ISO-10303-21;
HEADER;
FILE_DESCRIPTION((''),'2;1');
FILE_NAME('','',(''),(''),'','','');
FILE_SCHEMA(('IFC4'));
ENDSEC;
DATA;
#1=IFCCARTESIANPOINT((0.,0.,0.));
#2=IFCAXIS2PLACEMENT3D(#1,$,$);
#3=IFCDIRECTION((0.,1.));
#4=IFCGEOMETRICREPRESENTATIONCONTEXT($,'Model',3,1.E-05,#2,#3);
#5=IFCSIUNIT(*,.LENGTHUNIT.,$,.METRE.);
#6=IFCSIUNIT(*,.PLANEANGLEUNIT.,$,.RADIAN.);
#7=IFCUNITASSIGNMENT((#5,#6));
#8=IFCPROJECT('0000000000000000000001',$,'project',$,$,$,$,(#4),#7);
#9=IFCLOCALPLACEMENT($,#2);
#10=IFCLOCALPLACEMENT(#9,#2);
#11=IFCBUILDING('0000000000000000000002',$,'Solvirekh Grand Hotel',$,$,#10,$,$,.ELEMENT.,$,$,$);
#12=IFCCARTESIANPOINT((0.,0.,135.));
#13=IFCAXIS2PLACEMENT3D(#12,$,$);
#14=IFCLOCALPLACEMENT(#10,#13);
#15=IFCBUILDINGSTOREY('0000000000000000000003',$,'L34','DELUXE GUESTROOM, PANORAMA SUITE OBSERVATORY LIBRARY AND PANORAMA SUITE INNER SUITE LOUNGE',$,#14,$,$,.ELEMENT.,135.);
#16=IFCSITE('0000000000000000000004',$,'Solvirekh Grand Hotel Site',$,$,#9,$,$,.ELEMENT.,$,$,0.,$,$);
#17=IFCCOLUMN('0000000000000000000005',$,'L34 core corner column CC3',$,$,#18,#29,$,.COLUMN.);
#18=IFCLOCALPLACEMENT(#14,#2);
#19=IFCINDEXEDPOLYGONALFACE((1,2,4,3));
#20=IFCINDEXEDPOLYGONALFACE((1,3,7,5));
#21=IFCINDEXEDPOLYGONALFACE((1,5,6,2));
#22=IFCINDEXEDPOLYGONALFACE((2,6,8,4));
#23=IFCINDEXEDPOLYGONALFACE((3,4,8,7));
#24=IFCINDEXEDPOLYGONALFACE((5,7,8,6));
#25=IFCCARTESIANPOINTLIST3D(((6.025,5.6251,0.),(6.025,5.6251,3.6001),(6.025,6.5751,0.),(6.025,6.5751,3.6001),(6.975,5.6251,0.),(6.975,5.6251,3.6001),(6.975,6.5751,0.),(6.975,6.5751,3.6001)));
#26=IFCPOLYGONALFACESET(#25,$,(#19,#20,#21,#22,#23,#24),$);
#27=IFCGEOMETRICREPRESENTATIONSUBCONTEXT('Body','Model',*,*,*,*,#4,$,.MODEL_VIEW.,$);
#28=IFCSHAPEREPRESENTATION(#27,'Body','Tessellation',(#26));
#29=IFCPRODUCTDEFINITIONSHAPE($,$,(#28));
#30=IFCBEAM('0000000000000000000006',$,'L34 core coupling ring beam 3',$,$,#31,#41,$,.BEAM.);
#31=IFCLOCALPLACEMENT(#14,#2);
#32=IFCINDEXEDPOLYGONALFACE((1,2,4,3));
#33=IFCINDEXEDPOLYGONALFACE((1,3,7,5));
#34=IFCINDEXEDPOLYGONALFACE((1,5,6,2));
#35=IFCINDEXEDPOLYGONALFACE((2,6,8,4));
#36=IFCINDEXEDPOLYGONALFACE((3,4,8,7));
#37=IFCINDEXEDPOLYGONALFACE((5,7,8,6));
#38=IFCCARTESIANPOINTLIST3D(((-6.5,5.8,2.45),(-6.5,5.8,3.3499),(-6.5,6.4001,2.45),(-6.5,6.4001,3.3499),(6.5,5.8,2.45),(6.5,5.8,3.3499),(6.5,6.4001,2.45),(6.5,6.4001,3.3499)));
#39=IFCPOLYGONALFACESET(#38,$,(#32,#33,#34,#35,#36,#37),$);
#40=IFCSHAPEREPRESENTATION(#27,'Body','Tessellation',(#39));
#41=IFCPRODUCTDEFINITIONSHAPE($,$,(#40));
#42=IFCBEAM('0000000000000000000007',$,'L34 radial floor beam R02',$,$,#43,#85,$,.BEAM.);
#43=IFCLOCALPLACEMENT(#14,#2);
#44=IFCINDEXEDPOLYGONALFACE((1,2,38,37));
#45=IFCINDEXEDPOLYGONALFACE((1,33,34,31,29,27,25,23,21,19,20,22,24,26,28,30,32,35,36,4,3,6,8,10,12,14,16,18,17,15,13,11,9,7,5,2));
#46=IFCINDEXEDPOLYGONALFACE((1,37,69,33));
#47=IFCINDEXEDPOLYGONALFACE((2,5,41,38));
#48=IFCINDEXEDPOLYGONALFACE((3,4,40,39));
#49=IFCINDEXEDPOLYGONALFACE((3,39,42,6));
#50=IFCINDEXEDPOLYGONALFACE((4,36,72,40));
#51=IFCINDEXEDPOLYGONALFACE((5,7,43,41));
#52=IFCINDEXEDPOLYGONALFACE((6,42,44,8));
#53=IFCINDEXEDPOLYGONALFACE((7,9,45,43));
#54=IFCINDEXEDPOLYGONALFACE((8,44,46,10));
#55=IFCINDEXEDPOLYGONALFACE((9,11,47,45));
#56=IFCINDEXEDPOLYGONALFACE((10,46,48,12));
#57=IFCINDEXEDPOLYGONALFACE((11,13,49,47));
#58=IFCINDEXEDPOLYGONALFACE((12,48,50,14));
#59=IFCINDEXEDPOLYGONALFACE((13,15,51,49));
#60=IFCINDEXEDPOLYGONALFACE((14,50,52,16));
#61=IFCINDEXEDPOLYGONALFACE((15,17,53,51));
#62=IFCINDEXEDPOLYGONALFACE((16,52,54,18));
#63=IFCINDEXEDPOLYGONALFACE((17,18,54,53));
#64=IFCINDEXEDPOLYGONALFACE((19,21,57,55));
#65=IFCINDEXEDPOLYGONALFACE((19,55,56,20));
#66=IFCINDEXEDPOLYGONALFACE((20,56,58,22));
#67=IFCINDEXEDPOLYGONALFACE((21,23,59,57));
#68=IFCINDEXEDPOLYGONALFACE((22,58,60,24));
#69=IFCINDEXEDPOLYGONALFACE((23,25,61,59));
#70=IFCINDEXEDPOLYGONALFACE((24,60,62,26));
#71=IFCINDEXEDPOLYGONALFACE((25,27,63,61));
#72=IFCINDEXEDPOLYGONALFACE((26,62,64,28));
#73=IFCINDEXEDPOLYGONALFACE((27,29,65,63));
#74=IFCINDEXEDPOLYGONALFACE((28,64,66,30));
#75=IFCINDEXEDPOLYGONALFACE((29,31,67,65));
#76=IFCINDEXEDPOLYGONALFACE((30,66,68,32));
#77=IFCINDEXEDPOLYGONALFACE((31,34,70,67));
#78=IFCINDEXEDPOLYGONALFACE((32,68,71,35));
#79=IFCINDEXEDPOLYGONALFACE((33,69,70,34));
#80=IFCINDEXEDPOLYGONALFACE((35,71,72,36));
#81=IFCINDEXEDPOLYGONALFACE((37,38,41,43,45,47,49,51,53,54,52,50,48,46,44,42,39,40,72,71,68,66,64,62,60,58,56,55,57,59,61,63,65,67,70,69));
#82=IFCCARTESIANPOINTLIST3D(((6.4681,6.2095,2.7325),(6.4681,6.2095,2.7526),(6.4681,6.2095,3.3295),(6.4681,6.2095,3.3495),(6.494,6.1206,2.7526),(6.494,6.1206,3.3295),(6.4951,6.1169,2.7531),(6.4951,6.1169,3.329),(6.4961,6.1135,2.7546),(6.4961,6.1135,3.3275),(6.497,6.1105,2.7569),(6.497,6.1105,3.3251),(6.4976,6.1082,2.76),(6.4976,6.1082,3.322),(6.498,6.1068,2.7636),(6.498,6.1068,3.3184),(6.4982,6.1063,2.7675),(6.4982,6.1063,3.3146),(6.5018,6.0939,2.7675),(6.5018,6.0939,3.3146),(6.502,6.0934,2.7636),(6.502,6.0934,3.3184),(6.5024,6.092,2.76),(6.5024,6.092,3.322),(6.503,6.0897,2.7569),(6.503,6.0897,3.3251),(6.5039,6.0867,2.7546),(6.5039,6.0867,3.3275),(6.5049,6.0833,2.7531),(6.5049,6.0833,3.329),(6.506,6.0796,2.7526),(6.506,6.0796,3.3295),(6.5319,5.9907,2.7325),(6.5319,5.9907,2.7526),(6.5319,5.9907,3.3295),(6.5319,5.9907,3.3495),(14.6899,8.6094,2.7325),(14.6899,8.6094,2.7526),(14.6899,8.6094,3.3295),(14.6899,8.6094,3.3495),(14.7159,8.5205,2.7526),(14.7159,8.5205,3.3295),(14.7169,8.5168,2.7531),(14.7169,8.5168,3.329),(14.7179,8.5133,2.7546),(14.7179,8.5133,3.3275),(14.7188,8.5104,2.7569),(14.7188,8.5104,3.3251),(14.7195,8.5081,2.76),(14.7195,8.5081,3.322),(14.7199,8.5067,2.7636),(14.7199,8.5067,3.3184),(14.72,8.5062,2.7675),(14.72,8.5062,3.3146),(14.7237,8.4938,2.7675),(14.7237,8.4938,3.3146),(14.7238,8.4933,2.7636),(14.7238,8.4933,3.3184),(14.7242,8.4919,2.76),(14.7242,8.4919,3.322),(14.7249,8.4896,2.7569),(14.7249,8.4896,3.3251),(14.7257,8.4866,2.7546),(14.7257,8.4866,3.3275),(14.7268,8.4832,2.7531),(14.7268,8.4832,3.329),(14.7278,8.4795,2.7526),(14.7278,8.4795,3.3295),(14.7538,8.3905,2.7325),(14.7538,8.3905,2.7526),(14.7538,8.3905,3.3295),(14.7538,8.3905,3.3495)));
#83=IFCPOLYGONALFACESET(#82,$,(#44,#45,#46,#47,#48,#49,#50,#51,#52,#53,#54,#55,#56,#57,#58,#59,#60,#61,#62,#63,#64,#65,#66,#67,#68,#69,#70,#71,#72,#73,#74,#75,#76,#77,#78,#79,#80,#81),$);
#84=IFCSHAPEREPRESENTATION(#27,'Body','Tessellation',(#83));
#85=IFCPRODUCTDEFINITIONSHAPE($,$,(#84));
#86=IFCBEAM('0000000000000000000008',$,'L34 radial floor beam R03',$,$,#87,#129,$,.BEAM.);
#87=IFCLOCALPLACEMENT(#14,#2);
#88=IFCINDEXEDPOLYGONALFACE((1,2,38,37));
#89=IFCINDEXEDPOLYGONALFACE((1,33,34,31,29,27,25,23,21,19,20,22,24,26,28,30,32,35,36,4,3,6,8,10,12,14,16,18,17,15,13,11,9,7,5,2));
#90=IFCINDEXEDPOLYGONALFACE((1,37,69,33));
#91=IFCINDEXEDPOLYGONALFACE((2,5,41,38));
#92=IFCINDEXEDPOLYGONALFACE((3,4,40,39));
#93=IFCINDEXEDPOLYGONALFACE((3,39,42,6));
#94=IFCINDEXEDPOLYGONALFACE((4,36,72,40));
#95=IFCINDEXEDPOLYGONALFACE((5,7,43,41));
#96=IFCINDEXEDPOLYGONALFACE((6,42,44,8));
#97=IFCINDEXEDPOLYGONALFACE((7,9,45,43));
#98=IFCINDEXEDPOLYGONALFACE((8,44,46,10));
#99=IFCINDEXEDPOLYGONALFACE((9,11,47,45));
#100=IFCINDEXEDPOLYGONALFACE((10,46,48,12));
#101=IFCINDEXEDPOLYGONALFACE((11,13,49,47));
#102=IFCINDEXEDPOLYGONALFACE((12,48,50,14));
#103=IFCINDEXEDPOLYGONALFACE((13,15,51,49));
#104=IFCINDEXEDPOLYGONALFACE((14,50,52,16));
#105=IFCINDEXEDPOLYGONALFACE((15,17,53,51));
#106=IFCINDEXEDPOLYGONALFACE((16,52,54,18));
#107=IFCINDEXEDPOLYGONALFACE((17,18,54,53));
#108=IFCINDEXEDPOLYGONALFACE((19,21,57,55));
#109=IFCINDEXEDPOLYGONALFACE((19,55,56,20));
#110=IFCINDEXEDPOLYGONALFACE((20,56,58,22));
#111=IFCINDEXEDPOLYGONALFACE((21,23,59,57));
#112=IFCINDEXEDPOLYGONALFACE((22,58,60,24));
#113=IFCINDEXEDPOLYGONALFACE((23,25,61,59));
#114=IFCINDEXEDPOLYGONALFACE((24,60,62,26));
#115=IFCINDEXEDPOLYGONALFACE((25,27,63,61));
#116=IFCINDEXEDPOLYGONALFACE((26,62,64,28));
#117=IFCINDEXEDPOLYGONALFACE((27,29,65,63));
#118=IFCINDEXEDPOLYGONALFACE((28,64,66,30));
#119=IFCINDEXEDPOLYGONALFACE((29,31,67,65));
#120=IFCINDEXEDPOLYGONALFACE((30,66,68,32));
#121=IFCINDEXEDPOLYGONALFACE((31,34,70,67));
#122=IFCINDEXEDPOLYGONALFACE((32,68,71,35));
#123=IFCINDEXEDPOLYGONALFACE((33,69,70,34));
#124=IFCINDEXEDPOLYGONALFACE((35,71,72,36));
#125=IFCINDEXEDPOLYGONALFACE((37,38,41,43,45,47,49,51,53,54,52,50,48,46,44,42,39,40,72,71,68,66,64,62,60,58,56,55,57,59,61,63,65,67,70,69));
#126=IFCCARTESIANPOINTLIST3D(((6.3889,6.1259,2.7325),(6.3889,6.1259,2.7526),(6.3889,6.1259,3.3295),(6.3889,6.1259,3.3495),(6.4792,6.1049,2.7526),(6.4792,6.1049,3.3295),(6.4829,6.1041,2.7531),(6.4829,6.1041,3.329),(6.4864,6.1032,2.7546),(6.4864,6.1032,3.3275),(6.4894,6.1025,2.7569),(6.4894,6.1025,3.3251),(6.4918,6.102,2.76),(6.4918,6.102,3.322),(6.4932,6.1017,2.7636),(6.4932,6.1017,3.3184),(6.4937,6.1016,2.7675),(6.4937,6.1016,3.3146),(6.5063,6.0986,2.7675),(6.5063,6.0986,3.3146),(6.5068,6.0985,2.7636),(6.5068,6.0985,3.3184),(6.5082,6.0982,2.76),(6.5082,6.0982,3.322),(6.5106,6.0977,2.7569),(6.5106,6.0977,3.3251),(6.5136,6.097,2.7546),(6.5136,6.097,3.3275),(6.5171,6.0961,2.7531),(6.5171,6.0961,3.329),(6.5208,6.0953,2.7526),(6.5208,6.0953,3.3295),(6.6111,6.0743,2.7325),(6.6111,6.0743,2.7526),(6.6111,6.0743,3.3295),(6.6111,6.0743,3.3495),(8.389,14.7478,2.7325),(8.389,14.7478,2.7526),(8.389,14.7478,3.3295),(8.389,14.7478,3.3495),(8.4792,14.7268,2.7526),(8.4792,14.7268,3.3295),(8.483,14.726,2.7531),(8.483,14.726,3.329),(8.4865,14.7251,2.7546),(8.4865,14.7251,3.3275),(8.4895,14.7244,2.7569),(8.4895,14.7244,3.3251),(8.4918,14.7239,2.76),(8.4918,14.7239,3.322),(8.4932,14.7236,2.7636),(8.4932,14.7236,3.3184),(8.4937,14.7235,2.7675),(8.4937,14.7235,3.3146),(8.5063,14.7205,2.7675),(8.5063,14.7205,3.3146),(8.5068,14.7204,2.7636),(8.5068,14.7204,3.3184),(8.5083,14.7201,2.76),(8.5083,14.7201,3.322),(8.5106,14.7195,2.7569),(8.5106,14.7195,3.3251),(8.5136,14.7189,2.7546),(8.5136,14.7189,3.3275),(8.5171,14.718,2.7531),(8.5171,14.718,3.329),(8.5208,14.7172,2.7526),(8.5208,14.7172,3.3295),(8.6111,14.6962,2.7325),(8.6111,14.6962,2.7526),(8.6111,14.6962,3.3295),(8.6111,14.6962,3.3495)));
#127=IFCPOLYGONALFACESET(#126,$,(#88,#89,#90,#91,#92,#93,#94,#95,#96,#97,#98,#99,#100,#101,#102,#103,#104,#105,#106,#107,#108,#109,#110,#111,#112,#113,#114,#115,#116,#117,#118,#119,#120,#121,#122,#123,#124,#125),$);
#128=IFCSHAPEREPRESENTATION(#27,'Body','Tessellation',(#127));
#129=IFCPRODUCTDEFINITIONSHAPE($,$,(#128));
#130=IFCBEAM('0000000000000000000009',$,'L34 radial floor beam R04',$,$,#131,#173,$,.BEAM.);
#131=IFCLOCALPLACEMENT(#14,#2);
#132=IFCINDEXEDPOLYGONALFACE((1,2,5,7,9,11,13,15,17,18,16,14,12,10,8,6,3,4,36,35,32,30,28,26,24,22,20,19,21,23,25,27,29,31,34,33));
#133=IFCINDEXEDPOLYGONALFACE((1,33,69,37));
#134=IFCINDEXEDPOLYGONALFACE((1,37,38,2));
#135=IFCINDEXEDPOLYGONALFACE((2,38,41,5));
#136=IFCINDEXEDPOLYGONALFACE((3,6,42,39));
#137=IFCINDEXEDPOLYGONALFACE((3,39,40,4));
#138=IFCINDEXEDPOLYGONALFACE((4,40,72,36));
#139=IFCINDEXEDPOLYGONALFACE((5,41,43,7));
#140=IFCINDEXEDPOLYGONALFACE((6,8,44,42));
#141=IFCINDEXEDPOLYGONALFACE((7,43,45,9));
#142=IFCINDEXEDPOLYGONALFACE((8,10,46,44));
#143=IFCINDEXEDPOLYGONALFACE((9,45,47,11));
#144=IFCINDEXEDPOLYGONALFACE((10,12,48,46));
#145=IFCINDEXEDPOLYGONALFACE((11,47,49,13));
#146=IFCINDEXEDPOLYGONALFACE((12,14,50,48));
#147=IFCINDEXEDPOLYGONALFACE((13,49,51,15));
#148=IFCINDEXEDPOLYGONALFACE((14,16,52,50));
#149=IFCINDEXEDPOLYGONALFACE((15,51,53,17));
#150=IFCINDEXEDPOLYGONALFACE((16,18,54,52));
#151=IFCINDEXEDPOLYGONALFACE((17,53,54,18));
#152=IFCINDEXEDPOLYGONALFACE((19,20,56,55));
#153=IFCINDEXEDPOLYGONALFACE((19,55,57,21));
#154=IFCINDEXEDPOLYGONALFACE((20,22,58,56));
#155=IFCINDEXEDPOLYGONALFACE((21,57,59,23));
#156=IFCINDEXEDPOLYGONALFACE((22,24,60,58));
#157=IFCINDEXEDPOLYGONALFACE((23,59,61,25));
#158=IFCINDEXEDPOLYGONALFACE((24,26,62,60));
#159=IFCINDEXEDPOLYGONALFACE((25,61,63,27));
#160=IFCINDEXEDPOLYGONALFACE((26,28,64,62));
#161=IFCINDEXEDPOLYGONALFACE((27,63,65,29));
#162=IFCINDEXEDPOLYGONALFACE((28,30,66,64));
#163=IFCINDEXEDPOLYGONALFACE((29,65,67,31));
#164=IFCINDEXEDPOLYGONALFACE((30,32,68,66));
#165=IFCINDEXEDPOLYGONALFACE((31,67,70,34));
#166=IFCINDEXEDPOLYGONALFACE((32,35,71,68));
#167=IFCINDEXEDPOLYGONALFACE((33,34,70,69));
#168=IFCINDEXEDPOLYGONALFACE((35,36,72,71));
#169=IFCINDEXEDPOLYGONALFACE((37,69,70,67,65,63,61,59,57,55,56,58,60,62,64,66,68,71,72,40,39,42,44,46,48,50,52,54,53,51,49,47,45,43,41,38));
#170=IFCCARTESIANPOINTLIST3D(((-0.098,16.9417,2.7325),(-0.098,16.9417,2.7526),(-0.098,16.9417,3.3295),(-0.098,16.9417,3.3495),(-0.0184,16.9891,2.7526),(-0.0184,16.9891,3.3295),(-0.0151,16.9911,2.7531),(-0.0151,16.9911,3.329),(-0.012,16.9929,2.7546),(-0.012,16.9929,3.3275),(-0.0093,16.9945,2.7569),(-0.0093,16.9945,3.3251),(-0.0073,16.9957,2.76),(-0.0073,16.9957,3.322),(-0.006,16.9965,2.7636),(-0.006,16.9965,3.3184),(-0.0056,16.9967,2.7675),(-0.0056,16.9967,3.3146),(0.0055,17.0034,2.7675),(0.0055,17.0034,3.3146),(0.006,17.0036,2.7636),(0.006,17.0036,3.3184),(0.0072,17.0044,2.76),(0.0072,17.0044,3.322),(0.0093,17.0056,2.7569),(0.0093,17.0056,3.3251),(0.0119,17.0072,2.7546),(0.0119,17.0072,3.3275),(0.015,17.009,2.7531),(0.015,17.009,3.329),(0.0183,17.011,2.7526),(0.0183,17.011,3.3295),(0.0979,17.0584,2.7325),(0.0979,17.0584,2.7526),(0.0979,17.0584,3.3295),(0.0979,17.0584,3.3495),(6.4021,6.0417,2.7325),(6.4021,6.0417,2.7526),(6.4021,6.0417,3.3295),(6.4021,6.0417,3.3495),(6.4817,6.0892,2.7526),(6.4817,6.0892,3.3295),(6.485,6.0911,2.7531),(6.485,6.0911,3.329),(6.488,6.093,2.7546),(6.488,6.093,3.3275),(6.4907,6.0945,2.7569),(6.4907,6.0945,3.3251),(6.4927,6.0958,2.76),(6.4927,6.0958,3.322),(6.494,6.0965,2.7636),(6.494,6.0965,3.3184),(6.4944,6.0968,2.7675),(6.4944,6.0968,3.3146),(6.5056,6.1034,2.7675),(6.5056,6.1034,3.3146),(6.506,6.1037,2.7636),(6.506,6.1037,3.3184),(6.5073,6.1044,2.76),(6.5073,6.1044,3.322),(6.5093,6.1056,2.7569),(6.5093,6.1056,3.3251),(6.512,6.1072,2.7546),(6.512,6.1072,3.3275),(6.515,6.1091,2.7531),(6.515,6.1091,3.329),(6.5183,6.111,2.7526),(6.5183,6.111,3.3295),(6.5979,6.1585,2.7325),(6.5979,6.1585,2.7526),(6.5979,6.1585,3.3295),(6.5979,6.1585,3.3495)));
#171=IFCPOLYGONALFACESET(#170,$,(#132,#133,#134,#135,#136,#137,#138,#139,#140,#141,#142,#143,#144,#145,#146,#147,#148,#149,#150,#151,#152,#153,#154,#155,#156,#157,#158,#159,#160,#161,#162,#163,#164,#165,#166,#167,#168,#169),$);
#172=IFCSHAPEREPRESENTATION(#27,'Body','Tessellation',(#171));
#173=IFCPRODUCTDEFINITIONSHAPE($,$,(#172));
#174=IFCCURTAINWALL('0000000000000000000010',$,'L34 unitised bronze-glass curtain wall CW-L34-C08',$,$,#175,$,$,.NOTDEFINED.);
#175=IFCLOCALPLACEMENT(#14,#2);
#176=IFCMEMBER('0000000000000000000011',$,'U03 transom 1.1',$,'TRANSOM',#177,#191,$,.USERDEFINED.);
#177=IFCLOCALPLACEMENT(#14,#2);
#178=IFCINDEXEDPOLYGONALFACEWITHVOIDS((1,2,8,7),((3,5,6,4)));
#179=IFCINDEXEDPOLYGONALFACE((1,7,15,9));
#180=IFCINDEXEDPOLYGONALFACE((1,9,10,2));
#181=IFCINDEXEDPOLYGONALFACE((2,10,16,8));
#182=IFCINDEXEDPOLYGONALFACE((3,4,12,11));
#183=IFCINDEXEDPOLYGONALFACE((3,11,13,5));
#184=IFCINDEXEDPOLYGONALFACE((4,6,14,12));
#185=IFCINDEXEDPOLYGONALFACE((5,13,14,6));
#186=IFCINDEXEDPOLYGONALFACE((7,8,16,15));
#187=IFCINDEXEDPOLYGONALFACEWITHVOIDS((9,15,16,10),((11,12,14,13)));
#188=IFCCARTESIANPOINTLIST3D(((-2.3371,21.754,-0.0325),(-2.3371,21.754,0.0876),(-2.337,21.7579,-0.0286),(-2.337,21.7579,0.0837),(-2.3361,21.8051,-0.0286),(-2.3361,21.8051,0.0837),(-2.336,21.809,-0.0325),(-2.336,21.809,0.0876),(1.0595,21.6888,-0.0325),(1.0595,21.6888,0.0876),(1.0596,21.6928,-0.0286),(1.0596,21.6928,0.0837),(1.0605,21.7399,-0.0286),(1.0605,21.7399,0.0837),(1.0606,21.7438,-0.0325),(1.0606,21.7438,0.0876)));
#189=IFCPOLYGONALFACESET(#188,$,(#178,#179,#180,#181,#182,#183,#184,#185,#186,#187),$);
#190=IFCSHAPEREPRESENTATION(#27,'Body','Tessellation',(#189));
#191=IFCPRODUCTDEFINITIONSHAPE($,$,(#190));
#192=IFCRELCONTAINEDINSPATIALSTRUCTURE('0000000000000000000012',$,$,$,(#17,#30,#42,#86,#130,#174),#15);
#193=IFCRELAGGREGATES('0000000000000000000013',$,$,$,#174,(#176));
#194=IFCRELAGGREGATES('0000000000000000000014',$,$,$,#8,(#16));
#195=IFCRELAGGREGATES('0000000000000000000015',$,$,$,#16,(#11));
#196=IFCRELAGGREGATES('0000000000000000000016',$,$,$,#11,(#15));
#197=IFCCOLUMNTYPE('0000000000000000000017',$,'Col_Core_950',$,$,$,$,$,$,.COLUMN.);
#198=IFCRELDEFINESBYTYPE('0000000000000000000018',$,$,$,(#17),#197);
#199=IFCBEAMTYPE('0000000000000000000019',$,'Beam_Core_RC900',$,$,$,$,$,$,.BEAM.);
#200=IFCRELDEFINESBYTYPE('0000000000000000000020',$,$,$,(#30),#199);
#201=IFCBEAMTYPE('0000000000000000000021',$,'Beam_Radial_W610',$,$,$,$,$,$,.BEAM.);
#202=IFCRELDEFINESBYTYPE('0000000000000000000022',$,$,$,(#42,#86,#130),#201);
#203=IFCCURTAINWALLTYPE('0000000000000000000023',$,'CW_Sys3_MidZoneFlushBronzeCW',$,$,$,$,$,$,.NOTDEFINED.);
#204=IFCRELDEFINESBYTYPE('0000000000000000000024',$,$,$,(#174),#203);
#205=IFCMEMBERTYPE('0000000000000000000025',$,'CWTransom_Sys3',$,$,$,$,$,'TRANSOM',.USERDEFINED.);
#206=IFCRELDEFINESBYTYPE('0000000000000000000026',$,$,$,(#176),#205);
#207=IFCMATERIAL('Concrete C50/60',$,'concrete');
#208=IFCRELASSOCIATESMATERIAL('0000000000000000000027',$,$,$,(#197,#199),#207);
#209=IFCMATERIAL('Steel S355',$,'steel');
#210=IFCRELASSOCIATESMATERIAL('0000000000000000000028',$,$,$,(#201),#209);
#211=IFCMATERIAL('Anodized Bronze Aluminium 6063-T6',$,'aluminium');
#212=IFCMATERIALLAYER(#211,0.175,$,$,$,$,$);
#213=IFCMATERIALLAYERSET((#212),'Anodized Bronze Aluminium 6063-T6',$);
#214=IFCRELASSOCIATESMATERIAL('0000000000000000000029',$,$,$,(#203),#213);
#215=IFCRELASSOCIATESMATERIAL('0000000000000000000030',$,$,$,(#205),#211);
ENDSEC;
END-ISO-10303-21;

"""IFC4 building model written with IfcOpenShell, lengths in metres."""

from ifc_helpers import new_model, si_unit, direction, frame, origin, origin_2d, place, context, subcontext, project, spatial, rectangle, hollow_rectangle, i_section, extrude, source, transform, mapped, material, layer, layer_set, material_profile, profile_set, type_object, element, aggregate, save


model = new_model("IFC4")

# Units and contexts
model_context = context("Model", 3, precision=1e-05, world=origin(), true_north=direction((0.0, 1.0)))
body_context = subcontext(model_context, "Body", "Model", "MODEL_VIEW")
ifc_project = project(units=[si_unit("LENGTHUNIT", "METRE"), si_unit("PLANEANGLEUNIT", "RADIAN")], contexts=[model_context])

# Site, building, storey
site_placement = place(None, origin())
site = spatial("IfcSite", under=ifc_project, at=site_placement, Name="Solvirekh Grand Hotel Site", CompositionType="ELEMENT", RefElevation=0.0)
building_placement = place(site_placement, origin())
building = spatial("IfcBuilding", under=site, at=building_placement, Name="Solvirekh Grand Hotel", CompositionType="ELEMENT")
storey_placement = place(building_placement, frame((0.0, 0.0, 135.0)))
storey = spatial("IfcBuildingStorey", under=building, at=storey_placement, Name="L34", Description="DELUXE GUESTROOM, PANORAMA SUITE OBSERVATORY LIBRARY AND PANORAMA SUITE INNER SUITE LOUNGE", CompositionType="ELEMENT", Elevation=135.0)

# Column
ifc_material_1 = material(Name="Concrete C50/60", Category="concrete")
ifc_material_profile_1 = material_profile(ifc_material_1, rectangle(XDim=0.95, YDim=0.95, at=origin_2d()), Name="RC 950X950")
ifc_profile_set_1 = profile_set([ifc_material_profile_1], Name="Concrete C50/60")
column_type = type_object("IfcColumnType", Name="Col_Core_950", PredefinedType="COLUMN", material=ifc_profile_set_1)
column_placement = place(storey_placement, frame((6.5, 6.1001, 0.0), z_axis=(0.0, 0.0, 1.0), x_axis=(1.0, 0.0, 0.0)))
element("IfcColumn", 1, at=column_placement, inside=storey, type_object=column_type, Name="L34 core corner column CC3", PredefinedType="COLUMN", context=body_context, shape_type="SweptSolid", body=[
    extrude(rectangle(XDim=0.95, YDim=0.95, at=origin_2d()), origin(), (0.0, 0.0, 1.0), 3.6001),
])

# Beams
ifc_material_profile_2 = material_profile(ifc_material_1, rectangle(XDim=0.6001, YDim=0.8999, at=origin_2d()), Name="RC BEAM 600X900")
ifc_profile_set_2 = profile_set([ifc_material_profile_2], Name="Concrete C50/60")
beam_type_1 = type_object("IfcBeamType", Name="Beam_Core_RC900", PredefinedType="BEAM", material=ifc_profile_set_2)
beam_1_placement = place(storey_placement, frame((6.5, 6.1001, 2.8999), z_axis=(-1.0, 0.0, 0.0), x_axis=(0.0, -1.0, 0.0)))
element("IfcBeam", 2, at=beam_1_placement, inside=storey, type_object=beam_type_1, Name="L34 core coupling ring beam 3", PredefinedType="BEAM", context=body_context, shape_type="SweptSolid", body=[
    extrude(rectangle(XDim=0.6001, YDim=0.8999, at=origin_2d()), origin(), (0.0, 0.0, 1.0), 13.0),
])
ifc_material_2 = material(Name="Steel S355", Category="steel")
ifc_material_profile_3 = material_profile(ifc_material_2, i_section(OverallWidth=0.228, OverallDepth=0.6169, WebThickness=0.0129, FlangeThickness=0.02, FilletRadius=0.0149, at=origin_2d()), Name="W610X140")
ifc_profile_set_3 = profile_set([ifc_material_profile_3], Name="Steel S355")
beam_type_2 = type_object("IfcBeamType", Name="Beam_Radial_W610", PredefinedType="BEAM", material=ifc_profile_set_3)
beam_2_placement = place(storey_placement, frame((6.5, 6.1001, 3.041), z_axis=(0.959942, 0.280198, 0.0), x_axis=(-0.280198, 0.959942, 0.0)))
element("IfcBeam", 3, at=beam_2_placement, inside=storey, type_object=beam_type_2, Name="L34 radial floor beam R02", PredefinedType="BEAM", context=body_context, shape_type="SweptSolid", body=[
    extrude(i_section(OverallWidth=0.228, OverallDepth=0.6169, WebThickness=0.0129, FlangeThickness=0.02, FilletRadius=0.0149, at=origin_2d()), origin(), (0.0, 0.0, 1.0), 8.5649),
])
beam_3_placement = place(storey_placement, frame((6.5, 6.1001, 3.041), z_axis=(0.225969, 0.974134, 0.0), x_axis=(-0.974134, 0.225969, 0.0)))
element("IfcBeam", 4, at=beam_3_placement, inside=storey, type_object=beam_type_2, Name="L34 radial floor beam R03", PredefinedType="BEAM", context=body_context, shape_type="SweptSolid", body=[
    extrude(i_section(OverallWidth=0.228, OverallDepth=0.6169, WebThickness=0.0129, FlangeThickness=0.02, FilletRadius=0.0149, at=origin_2d()), origin(), (0.0, 0.0, 1.0), 8.8508),
])
beam_4_placement = place(storey_placement, frame((6.5, 6.1001, 3.041), z_axis=(-0.51218, 0.858878, 0.0), x_axis=(-0.858878, -0.51218, 0.0)))
element("IfcBeam", 5, at=beam_4_placement, inside=storey, type_object=beam_type_2, Name="L34 radial floor beam R04", PredefinedType="BEAM", context=body_context, shape_type="SweptSolid", body=[
    extrude(i_section(OverallWidth=0.228, OverallDepth=0.6169, WebThickness=0.0129, FlangeThickness=0.02, FilletRadius=0.0149, at=origin_2d()), origin(), (0.0, 0.0, 1.0), 12.6909),
])

# Curtain wall, member
ifc_material_3 = material(Name="Anodized Bronze Aluminium 6063-T6", Category="aluminium")
ifc_layer_1 = layer(ifc_material_3, 0.175)
ifc_layer_set_1 = layer_set([ifc_layer_1], Name="Anodized Bronze Aluminium 6063-T6")
curtain_wall_type = type_object("IfcCurtainWallType", Name="CW_Sys3_MidZoneFlushBronzeCW", PredefinedType="NOTDEFINED", material=ifc_layer_set_1)
curtain_wall_placement = place(storey_placement, origin())
curtain_wall = element("IfcCurtainWall", 6, at=curtain_wall_placement, inside=storey, type_object=curtain_wall_type, Name="L34 unitised bronze-glass curtain wall CW-L34-C08", PredefinedType="NOTDEFINED")
ifc_material_profile_4 = material_profile(ifc_material_3, hollow_rectangle(XDim=0.0549, YDim=0.1201, WallThickness=0.0039, at=origin_2d()), Name="ALU RHS 120X55X4")
ifc_profile_set_4 = profile_set([ifc_material_profile_4], Name="Anodized Bronze Aluminium 6063-T6")
member_type_1 = type_object("IfcMemberType", Name="CWTransom_Sys3", ElementType="TRANSOM", PredefinedType="USERDEFINED", material=ifc_profile_set_4)
shared_shape_1 = source(origin(), body_context, "Body", "SweptSolid", [
    extrude(hollow_rectangle(XDim=0.0549, YDim=0.1201, WallThickness=0.0039, at=origin_2d()), origin(), (0.0, 0.0, 1.0), 3.3972),
])
member_1_placement = place(storey_placement, frame((1.0601, 21.7163, 0.0276), z_axis=(-0.999816, 0.019189, 0.0), x_axis=(-0.019189, -0.999816, 0.0)))
member_1 = element("IfcMember", 7, at=member_1_placement, type_object=member_type_1, Name="U03 transom 1.1", ObjectType="TRANSOM", PredefinedType="USERDEFINED", context=body_context, shape_type="MappedRepresentation", body=[
    mapped(shared_shape_1, transform((0.0, 0.0, 0.0), x_axis=(1.0, 0.0, 0.0), y_axis=(0.0, 1.0, 0.0), z_axis=(0.0, 0.0, 1.0), scale=1.0)),
])
aggregate(curtain_wall, [member_1])

save(model, "model.ifc")
